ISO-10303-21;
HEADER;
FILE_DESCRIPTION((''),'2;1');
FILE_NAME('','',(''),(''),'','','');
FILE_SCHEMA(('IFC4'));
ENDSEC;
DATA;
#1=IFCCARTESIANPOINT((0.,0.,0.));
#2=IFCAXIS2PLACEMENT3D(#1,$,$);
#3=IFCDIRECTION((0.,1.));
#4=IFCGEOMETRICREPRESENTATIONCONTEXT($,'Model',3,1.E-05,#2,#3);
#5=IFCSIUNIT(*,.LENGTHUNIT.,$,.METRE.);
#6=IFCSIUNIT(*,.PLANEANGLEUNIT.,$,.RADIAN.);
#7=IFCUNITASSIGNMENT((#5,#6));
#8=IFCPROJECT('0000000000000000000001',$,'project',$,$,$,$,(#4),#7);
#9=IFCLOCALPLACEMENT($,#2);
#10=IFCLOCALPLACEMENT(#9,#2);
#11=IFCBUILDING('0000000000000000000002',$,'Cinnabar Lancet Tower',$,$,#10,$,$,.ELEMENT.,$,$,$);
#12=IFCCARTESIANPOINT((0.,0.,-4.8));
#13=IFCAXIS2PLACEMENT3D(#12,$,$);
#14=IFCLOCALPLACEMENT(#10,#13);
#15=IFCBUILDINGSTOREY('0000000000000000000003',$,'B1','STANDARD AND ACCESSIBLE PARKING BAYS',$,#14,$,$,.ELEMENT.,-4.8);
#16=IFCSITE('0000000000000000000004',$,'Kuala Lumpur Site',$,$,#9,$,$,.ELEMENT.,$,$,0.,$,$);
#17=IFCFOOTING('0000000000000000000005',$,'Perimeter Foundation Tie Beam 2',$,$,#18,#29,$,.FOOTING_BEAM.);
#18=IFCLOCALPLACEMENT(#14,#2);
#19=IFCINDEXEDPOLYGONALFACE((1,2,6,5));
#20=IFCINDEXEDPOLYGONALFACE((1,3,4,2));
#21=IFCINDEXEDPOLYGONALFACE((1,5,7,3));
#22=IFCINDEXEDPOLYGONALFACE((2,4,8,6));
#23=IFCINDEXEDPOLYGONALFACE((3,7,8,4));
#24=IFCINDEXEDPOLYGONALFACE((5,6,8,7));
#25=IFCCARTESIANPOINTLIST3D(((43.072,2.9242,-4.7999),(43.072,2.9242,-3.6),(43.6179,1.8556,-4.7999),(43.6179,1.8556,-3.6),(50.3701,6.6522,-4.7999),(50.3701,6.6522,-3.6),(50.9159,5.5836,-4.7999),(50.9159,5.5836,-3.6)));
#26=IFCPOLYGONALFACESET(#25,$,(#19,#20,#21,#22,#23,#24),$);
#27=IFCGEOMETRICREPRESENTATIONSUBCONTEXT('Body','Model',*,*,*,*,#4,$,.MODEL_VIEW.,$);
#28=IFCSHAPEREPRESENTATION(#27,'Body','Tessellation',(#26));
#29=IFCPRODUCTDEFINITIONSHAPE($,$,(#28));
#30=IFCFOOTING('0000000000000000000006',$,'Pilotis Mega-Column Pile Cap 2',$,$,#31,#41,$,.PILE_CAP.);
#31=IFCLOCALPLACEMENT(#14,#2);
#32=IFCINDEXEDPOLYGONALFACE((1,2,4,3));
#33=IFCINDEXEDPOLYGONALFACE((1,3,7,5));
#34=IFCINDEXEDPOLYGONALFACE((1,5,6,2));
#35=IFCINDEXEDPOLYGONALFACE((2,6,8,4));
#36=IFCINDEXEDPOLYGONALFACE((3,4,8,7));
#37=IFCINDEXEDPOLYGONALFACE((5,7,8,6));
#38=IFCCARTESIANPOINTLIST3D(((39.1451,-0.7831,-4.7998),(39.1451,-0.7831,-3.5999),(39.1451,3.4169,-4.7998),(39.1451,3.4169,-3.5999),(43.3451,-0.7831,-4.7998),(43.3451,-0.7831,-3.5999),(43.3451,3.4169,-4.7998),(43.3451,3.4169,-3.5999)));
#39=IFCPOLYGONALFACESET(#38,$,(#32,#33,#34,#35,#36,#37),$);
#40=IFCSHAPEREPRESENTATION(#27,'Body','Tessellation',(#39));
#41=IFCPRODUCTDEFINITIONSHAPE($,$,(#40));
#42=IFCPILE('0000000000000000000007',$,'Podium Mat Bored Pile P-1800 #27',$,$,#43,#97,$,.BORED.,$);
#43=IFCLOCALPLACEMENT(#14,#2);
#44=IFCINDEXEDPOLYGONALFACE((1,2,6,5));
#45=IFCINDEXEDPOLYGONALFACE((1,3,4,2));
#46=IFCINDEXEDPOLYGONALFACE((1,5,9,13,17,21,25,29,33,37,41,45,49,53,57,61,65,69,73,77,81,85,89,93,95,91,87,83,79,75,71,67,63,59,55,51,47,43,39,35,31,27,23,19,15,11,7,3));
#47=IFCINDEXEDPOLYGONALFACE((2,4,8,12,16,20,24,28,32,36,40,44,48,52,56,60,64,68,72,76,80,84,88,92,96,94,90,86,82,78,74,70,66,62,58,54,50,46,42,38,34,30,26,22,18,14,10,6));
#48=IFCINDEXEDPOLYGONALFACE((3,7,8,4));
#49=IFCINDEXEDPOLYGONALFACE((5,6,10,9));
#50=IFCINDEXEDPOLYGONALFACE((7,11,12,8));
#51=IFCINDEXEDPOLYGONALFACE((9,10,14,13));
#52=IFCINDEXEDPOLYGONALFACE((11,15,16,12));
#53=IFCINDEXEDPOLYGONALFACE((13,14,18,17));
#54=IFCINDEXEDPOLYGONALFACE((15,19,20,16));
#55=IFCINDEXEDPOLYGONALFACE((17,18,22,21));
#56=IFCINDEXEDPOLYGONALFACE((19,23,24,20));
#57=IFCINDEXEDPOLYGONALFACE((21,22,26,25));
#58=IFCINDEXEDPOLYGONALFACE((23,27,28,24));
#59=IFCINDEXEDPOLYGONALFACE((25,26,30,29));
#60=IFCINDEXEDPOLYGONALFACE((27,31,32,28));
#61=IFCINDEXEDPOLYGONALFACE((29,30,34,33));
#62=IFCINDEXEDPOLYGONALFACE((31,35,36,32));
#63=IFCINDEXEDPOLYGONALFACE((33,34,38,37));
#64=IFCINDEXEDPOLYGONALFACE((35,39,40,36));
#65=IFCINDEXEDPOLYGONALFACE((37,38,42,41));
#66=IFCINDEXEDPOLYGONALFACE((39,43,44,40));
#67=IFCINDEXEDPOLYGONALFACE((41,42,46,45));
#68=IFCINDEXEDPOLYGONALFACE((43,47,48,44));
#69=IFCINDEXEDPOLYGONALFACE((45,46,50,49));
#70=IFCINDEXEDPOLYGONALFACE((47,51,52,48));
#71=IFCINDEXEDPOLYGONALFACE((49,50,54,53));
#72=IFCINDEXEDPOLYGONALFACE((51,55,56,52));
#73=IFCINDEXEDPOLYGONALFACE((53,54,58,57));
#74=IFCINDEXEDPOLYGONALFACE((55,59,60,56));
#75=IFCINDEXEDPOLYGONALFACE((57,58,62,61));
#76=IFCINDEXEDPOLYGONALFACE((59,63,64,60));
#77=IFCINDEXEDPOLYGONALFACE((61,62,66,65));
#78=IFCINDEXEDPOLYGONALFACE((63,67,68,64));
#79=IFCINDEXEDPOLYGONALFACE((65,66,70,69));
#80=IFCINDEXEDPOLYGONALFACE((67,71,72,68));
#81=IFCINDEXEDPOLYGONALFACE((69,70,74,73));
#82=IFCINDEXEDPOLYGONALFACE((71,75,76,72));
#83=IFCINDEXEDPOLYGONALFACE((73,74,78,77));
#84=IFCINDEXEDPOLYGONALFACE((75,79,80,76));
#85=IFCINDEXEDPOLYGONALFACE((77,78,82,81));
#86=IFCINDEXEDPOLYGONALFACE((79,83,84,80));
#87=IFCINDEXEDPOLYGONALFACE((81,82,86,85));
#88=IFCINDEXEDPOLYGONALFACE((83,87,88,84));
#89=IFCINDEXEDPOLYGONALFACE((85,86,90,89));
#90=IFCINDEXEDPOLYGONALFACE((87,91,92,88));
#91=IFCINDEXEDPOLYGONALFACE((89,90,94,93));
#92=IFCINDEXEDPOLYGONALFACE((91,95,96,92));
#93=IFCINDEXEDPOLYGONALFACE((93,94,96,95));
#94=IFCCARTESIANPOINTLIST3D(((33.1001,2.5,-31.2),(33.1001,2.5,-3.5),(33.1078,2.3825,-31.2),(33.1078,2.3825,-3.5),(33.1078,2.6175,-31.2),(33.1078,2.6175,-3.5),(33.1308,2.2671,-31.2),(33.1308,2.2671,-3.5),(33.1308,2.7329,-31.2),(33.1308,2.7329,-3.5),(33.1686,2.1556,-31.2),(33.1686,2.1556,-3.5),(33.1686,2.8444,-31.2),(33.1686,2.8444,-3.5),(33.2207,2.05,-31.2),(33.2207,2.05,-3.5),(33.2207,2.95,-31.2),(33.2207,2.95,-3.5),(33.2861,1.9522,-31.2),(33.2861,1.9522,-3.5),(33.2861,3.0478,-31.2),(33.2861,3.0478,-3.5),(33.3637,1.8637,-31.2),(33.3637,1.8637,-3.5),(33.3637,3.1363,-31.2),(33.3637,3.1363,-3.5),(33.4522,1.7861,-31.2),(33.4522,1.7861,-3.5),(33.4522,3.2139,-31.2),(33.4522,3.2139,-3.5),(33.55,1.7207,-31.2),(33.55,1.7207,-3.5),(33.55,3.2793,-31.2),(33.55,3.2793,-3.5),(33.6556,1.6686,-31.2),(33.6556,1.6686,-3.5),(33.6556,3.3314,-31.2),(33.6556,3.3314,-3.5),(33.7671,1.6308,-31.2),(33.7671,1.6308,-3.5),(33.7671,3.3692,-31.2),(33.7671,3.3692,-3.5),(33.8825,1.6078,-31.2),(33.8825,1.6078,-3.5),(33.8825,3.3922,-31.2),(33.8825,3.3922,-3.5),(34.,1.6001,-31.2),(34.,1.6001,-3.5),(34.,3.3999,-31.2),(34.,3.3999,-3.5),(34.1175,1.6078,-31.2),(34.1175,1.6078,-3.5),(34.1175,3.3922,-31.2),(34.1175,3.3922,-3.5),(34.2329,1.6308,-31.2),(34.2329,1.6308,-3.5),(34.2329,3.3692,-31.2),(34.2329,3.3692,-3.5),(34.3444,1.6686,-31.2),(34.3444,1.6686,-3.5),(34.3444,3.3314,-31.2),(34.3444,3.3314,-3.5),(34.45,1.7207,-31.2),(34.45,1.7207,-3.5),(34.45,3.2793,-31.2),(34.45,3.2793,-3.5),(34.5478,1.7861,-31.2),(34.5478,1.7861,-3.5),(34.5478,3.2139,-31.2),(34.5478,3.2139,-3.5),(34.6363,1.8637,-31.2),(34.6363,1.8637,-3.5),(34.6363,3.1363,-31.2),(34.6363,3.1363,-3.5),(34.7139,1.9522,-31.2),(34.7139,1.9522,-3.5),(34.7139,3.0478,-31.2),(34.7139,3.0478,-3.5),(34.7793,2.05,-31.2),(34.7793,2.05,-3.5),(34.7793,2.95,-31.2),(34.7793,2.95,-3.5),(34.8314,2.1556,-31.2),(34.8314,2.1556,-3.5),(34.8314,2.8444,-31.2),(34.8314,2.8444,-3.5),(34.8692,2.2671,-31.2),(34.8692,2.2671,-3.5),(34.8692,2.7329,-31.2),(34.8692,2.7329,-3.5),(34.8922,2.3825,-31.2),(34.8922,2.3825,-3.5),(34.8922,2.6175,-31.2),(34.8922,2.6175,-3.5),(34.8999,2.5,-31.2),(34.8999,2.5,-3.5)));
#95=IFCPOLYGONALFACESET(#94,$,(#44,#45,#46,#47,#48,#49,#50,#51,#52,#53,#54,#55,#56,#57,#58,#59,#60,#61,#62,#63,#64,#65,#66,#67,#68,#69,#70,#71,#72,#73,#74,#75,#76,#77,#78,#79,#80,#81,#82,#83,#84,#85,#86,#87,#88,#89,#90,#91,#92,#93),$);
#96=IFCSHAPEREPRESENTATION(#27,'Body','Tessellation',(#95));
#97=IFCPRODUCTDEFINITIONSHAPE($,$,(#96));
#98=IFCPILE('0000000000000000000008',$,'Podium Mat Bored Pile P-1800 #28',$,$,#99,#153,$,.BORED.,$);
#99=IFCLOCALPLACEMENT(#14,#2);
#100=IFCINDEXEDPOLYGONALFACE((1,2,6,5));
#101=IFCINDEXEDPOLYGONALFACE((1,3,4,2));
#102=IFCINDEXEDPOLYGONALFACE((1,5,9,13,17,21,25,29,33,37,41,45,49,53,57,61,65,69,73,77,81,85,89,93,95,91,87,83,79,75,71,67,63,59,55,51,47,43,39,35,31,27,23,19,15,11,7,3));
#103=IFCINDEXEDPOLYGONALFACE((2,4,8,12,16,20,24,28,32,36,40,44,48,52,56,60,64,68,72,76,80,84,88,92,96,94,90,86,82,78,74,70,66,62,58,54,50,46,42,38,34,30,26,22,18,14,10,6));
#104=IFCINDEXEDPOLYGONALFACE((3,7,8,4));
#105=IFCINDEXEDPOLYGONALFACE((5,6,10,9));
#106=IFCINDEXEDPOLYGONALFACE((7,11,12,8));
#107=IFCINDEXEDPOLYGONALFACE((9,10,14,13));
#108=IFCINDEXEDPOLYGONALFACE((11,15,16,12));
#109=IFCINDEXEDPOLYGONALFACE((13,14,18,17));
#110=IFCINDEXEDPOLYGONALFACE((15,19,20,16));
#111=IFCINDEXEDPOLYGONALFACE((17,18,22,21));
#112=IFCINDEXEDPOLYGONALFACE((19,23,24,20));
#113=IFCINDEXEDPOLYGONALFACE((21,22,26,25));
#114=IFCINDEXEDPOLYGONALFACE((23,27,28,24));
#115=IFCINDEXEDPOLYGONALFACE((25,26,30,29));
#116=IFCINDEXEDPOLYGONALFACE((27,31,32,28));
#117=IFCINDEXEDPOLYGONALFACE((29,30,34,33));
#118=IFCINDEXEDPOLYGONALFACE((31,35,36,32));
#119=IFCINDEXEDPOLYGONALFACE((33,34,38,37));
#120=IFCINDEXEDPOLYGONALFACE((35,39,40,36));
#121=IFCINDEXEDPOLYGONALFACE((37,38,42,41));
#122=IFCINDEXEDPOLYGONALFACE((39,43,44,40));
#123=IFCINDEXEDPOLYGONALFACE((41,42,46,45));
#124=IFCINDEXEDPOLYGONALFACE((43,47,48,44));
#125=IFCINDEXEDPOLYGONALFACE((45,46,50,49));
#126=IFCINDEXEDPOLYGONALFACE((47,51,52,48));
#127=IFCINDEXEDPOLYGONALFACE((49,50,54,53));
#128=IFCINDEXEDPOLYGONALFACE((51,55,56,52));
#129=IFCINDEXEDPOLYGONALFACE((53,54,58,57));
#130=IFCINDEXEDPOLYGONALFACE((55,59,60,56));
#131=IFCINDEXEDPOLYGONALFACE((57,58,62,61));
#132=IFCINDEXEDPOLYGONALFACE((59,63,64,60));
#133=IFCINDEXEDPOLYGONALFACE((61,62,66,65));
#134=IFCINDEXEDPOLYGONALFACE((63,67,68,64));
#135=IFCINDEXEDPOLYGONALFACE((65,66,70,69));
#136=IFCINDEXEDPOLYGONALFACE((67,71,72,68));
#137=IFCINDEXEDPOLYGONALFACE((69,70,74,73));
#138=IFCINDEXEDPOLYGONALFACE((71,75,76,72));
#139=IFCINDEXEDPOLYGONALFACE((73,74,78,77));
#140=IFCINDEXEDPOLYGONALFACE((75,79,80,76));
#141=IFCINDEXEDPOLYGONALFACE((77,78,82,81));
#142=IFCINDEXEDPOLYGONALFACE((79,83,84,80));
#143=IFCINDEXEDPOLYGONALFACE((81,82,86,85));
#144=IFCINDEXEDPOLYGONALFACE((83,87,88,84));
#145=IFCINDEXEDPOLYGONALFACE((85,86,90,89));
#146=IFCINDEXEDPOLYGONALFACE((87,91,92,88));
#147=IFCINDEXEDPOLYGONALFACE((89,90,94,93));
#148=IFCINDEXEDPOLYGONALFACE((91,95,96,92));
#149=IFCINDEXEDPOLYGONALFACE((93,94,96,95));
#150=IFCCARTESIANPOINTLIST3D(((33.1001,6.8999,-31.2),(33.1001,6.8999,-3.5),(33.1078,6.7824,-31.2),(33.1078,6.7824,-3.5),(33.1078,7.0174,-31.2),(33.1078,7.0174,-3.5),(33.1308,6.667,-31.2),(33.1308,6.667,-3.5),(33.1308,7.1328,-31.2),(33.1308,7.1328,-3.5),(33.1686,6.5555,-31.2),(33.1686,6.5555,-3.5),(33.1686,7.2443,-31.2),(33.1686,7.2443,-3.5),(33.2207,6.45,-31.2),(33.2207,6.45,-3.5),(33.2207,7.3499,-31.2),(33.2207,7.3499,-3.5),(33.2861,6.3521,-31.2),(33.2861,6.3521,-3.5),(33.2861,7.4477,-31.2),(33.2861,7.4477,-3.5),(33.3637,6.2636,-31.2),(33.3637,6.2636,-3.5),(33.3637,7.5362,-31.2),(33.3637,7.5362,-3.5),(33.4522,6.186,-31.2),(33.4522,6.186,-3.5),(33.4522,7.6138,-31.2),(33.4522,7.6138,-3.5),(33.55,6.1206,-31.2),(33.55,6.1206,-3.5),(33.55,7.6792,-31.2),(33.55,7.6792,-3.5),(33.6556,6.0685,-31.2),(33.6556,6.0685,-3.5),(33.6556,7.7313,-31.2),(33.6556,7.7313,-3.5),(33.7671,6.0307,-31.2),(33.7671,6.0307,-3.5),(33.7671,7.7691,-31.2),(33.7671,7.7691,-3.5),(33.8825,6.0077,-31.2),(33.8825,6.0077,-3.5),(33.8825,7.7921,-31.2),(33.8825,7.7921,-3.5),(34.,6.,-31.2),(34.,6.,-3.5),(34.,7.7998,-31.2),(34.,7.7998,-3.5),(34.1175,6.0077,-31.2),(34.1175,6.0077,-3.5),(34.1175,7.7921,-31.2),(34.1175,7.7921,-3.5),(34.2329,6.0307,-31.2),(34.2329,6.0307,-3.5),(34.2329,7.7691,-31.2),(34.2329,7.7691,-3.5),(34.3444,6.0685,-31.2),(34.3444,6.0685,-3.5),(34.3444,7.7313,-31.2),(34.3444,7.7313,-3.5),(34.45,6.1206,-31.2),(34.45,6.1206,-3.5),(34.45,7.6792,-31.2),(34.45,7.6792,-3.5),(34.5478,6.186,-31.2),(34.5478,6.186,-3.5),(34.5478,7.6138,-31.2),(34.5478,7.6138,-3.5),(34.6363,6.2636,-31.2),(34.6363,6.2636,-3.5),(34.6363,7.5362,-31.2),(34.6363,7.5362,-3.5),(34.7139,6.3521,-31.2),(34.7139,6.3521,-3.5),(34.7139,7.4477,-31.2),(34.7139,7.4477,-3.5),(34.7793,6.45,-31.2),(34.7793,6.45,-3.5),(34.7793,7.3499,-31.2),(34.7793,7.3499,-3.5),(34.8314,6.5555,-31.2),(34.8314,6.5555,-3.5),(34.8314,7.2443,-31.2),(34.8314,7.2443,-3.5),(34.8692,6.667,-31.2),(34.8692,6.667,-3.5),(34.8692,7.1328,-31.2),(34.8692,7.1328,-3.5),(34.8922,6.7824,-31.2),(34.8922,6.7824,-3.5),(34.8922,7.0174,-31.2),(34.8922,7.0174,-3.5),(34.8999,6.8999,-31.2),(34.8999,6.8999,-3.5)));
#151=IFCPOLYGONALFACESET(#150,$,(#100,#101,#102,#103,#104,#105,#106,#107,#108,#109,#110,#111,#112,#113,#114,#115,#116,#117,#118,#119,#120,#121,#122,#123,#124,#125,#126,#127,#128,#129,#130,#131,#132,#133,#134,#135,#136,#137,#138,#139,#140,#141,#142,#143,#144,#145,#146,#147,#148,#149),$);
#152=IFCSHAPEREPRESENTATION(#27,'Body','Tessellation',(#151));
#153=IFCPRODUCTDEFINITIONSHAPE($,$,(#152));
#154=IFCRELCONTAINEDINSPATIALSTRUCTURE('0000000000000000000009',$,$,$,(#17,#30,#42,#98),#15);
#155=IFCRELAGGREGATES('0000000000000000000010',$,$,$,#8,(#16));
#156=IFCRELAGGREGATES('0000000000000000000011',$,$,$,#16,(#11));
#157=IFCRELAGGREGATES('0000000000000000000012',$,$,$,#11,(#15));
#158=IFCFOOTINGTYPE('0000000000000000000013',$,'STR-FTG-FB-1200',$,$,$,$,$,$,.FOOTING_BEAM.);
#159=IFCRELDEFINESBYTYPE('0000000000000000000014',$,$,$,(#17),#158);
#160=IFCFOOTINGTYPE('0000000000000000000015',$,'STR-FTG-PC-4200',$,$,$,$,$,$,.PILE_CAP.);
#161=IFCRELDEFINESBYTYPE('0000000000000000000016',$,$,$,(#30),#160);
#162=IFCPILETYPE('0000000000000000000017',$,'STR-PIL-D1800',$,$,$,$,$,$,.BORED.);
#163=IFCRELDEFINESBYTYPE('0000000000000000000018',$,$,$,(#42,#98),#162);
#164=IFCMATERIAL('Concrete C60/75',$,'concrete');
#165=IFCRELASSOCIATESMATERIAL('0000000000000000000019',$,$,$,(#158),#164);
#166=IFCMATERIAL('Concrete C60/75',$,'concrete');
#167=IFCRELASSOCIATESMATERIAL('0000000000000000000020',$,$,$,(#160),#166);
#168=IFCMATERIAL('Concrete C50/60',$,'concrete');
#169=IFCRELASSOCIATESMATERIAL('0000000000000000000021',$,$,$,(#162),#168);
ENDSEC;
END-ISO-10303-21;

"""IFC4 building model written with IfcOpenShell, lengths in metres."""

from ifc_helpers import new_model, si_unit, direction, frame, origin, origin_2d, place, context, subcontext, project, spatial, rectangle, circle, extrude, material, material_profile, profile_set, type_object, element, save


model = new_model("IFC4")

# Units and contexts
model_context = context("Model", 3, precision=1e-05, world=origin(), true_north=direction((0.0, 1.0)))
body_context = subcontext(model_context, "Body", "Model", "MODEL_VIEW")
ifc_project = project(units=[si_unit("LENGTHUNIT", "METRE"), si_unit("PLANEANGLEUNIT", "RADIAN")], contexts=[model_context])

# Site, building, storey
site_placement = place(None, origin())
site = spatial("IfcSite", under=ifc_project, at=site_placement, Name="Kuala Lumpur Site", CompositionType="ELEMENT", RefElevation=0.0)
building_placement = place(site_placement, origin())
building = spatial("IfcBuilding", under=site, at=building_placement, Name="Cinnabar Lancet Tower", CompositionType="ELEMENT")
storey_placement = place(building_placement, frame((0.0, 0.0, -4.8)))
storey = spatial("IfcBuildingStorey", under=building, at=storey_placement, Name="B1", Description="STANDARD AND ACCESSIBLE PARKING BAYS", CompositionType="ELEMENT", Elevation=-4.8)

# Footings
ifc_material_1 = material(Name="Concrete C60/75", Category="concrete")
ifc_material_profile_1 = material_profile(ifc_material_1, rectangle(XDim=1.2, YDim=1.2, at=origin_2d()), Name="RC-FB 1200x1200")
ifc_profile_set_1 = profile_set([ifc_material_profile_1], Name="Concrete C60/75")
footing_type_1 = type_object("IfcFootingType", Name="STR-FTG-FB-1200", PredefinedType="FOOTING_BEAM", material=ifc_profile_set_1)
footing_1_placement = place(storey_placement, frame((43.345, 2.3899, -4.2), z_axis=(0.890539, 0.454907, 0.0), x_axis=(-0.454907, 0.890539, 0.0)))
element("IfcFooting", 1, at=footing_1_placement, inside=storey, type_object=footing_type_1, Name="Perimeter Foundation Tie Beam 2", PredefinedType="FOOTING_BEAM", context=body_context, shape_type="SweptSolid", body=[
    extrude(rectangle(XDim=1.2, YDim=1.2, at=origin_2d()), origin(), (0.0, 0.0, 1.0), 8.1951),
])
ifc_material_2 = material(Name="Concrete C60/75", Category="concrete")
footing_type_2 = type_object("IfcFootingType", Name="STR-FTG-PC-4200", PredefinedType="PILE_CAP", material=ifc_material_2)
footing_2_placement = place(storey_placement, frame((41.2451, 1.3169, -4.7998), z_axis=(0.0, 0.0, 1.0), x_axis=(1.0, 0.0, 0.0)))
element("IfcFooting", 2, at=footing_2_placement, inside=storey, type_object=footing_type_2, Name="Pilotis Mega-Column Pile Cap 2", PredefinedType="PILE_CAP", context=body_context, shape_type="SweptSolid", body=[
    extrude(rectangle(XDim=4.2, YDim=4.2, at=origin_2d()), origin(), (0.0, 0.0, 1.0), 1.2),
])

# Piles
ifc_material_3 = material(Name="Concrete C50/60", Category="concrete")
ifc_material_profile_2 = material_profile(ifc_material_3, circle(Radius=0.8999, at=origin_2d()), Name="PILE D1800")
ifc_profile_set_2 = profile_set([ifc_material_profile_2], Name="Concrete C50/60")
pile_type_1 = type_object("IfcPileType", Name="STR-PIL-D1800", PredefinedType="BORED", material=ifc_profile_set_2)
for number, where, z_axis, x_axis, name in (
    (3, (34.0, 2.5, -3.5), (0.0, 0.0, -1.0), (1.0, 0.0, 0.0), "Podium Mat Bored Pile P-1800 #27"),
    (4, (34.0, 6.8999, -3.5), (0.0, 0.0, -1.0), (1.0, 0.0, 0.0), "Podium Mat Bored Pile P-1800 #28"),
):
    element("IfcPile", number, at=place(storey_placement, frame(where, z_axis=z_axis, x_axis=x_axis)), inside=storey, type_object=pile_type_1, Name=name, PredefinedType="BORED", context=body_context, shape_type="SweptSolid", body=[
        extrude(circle(Radius=0.8999, at=origin_2d()), origin(), (0.0, 0.0, 1.0), 27.7),
    ])

save(model, "model.ifc")
